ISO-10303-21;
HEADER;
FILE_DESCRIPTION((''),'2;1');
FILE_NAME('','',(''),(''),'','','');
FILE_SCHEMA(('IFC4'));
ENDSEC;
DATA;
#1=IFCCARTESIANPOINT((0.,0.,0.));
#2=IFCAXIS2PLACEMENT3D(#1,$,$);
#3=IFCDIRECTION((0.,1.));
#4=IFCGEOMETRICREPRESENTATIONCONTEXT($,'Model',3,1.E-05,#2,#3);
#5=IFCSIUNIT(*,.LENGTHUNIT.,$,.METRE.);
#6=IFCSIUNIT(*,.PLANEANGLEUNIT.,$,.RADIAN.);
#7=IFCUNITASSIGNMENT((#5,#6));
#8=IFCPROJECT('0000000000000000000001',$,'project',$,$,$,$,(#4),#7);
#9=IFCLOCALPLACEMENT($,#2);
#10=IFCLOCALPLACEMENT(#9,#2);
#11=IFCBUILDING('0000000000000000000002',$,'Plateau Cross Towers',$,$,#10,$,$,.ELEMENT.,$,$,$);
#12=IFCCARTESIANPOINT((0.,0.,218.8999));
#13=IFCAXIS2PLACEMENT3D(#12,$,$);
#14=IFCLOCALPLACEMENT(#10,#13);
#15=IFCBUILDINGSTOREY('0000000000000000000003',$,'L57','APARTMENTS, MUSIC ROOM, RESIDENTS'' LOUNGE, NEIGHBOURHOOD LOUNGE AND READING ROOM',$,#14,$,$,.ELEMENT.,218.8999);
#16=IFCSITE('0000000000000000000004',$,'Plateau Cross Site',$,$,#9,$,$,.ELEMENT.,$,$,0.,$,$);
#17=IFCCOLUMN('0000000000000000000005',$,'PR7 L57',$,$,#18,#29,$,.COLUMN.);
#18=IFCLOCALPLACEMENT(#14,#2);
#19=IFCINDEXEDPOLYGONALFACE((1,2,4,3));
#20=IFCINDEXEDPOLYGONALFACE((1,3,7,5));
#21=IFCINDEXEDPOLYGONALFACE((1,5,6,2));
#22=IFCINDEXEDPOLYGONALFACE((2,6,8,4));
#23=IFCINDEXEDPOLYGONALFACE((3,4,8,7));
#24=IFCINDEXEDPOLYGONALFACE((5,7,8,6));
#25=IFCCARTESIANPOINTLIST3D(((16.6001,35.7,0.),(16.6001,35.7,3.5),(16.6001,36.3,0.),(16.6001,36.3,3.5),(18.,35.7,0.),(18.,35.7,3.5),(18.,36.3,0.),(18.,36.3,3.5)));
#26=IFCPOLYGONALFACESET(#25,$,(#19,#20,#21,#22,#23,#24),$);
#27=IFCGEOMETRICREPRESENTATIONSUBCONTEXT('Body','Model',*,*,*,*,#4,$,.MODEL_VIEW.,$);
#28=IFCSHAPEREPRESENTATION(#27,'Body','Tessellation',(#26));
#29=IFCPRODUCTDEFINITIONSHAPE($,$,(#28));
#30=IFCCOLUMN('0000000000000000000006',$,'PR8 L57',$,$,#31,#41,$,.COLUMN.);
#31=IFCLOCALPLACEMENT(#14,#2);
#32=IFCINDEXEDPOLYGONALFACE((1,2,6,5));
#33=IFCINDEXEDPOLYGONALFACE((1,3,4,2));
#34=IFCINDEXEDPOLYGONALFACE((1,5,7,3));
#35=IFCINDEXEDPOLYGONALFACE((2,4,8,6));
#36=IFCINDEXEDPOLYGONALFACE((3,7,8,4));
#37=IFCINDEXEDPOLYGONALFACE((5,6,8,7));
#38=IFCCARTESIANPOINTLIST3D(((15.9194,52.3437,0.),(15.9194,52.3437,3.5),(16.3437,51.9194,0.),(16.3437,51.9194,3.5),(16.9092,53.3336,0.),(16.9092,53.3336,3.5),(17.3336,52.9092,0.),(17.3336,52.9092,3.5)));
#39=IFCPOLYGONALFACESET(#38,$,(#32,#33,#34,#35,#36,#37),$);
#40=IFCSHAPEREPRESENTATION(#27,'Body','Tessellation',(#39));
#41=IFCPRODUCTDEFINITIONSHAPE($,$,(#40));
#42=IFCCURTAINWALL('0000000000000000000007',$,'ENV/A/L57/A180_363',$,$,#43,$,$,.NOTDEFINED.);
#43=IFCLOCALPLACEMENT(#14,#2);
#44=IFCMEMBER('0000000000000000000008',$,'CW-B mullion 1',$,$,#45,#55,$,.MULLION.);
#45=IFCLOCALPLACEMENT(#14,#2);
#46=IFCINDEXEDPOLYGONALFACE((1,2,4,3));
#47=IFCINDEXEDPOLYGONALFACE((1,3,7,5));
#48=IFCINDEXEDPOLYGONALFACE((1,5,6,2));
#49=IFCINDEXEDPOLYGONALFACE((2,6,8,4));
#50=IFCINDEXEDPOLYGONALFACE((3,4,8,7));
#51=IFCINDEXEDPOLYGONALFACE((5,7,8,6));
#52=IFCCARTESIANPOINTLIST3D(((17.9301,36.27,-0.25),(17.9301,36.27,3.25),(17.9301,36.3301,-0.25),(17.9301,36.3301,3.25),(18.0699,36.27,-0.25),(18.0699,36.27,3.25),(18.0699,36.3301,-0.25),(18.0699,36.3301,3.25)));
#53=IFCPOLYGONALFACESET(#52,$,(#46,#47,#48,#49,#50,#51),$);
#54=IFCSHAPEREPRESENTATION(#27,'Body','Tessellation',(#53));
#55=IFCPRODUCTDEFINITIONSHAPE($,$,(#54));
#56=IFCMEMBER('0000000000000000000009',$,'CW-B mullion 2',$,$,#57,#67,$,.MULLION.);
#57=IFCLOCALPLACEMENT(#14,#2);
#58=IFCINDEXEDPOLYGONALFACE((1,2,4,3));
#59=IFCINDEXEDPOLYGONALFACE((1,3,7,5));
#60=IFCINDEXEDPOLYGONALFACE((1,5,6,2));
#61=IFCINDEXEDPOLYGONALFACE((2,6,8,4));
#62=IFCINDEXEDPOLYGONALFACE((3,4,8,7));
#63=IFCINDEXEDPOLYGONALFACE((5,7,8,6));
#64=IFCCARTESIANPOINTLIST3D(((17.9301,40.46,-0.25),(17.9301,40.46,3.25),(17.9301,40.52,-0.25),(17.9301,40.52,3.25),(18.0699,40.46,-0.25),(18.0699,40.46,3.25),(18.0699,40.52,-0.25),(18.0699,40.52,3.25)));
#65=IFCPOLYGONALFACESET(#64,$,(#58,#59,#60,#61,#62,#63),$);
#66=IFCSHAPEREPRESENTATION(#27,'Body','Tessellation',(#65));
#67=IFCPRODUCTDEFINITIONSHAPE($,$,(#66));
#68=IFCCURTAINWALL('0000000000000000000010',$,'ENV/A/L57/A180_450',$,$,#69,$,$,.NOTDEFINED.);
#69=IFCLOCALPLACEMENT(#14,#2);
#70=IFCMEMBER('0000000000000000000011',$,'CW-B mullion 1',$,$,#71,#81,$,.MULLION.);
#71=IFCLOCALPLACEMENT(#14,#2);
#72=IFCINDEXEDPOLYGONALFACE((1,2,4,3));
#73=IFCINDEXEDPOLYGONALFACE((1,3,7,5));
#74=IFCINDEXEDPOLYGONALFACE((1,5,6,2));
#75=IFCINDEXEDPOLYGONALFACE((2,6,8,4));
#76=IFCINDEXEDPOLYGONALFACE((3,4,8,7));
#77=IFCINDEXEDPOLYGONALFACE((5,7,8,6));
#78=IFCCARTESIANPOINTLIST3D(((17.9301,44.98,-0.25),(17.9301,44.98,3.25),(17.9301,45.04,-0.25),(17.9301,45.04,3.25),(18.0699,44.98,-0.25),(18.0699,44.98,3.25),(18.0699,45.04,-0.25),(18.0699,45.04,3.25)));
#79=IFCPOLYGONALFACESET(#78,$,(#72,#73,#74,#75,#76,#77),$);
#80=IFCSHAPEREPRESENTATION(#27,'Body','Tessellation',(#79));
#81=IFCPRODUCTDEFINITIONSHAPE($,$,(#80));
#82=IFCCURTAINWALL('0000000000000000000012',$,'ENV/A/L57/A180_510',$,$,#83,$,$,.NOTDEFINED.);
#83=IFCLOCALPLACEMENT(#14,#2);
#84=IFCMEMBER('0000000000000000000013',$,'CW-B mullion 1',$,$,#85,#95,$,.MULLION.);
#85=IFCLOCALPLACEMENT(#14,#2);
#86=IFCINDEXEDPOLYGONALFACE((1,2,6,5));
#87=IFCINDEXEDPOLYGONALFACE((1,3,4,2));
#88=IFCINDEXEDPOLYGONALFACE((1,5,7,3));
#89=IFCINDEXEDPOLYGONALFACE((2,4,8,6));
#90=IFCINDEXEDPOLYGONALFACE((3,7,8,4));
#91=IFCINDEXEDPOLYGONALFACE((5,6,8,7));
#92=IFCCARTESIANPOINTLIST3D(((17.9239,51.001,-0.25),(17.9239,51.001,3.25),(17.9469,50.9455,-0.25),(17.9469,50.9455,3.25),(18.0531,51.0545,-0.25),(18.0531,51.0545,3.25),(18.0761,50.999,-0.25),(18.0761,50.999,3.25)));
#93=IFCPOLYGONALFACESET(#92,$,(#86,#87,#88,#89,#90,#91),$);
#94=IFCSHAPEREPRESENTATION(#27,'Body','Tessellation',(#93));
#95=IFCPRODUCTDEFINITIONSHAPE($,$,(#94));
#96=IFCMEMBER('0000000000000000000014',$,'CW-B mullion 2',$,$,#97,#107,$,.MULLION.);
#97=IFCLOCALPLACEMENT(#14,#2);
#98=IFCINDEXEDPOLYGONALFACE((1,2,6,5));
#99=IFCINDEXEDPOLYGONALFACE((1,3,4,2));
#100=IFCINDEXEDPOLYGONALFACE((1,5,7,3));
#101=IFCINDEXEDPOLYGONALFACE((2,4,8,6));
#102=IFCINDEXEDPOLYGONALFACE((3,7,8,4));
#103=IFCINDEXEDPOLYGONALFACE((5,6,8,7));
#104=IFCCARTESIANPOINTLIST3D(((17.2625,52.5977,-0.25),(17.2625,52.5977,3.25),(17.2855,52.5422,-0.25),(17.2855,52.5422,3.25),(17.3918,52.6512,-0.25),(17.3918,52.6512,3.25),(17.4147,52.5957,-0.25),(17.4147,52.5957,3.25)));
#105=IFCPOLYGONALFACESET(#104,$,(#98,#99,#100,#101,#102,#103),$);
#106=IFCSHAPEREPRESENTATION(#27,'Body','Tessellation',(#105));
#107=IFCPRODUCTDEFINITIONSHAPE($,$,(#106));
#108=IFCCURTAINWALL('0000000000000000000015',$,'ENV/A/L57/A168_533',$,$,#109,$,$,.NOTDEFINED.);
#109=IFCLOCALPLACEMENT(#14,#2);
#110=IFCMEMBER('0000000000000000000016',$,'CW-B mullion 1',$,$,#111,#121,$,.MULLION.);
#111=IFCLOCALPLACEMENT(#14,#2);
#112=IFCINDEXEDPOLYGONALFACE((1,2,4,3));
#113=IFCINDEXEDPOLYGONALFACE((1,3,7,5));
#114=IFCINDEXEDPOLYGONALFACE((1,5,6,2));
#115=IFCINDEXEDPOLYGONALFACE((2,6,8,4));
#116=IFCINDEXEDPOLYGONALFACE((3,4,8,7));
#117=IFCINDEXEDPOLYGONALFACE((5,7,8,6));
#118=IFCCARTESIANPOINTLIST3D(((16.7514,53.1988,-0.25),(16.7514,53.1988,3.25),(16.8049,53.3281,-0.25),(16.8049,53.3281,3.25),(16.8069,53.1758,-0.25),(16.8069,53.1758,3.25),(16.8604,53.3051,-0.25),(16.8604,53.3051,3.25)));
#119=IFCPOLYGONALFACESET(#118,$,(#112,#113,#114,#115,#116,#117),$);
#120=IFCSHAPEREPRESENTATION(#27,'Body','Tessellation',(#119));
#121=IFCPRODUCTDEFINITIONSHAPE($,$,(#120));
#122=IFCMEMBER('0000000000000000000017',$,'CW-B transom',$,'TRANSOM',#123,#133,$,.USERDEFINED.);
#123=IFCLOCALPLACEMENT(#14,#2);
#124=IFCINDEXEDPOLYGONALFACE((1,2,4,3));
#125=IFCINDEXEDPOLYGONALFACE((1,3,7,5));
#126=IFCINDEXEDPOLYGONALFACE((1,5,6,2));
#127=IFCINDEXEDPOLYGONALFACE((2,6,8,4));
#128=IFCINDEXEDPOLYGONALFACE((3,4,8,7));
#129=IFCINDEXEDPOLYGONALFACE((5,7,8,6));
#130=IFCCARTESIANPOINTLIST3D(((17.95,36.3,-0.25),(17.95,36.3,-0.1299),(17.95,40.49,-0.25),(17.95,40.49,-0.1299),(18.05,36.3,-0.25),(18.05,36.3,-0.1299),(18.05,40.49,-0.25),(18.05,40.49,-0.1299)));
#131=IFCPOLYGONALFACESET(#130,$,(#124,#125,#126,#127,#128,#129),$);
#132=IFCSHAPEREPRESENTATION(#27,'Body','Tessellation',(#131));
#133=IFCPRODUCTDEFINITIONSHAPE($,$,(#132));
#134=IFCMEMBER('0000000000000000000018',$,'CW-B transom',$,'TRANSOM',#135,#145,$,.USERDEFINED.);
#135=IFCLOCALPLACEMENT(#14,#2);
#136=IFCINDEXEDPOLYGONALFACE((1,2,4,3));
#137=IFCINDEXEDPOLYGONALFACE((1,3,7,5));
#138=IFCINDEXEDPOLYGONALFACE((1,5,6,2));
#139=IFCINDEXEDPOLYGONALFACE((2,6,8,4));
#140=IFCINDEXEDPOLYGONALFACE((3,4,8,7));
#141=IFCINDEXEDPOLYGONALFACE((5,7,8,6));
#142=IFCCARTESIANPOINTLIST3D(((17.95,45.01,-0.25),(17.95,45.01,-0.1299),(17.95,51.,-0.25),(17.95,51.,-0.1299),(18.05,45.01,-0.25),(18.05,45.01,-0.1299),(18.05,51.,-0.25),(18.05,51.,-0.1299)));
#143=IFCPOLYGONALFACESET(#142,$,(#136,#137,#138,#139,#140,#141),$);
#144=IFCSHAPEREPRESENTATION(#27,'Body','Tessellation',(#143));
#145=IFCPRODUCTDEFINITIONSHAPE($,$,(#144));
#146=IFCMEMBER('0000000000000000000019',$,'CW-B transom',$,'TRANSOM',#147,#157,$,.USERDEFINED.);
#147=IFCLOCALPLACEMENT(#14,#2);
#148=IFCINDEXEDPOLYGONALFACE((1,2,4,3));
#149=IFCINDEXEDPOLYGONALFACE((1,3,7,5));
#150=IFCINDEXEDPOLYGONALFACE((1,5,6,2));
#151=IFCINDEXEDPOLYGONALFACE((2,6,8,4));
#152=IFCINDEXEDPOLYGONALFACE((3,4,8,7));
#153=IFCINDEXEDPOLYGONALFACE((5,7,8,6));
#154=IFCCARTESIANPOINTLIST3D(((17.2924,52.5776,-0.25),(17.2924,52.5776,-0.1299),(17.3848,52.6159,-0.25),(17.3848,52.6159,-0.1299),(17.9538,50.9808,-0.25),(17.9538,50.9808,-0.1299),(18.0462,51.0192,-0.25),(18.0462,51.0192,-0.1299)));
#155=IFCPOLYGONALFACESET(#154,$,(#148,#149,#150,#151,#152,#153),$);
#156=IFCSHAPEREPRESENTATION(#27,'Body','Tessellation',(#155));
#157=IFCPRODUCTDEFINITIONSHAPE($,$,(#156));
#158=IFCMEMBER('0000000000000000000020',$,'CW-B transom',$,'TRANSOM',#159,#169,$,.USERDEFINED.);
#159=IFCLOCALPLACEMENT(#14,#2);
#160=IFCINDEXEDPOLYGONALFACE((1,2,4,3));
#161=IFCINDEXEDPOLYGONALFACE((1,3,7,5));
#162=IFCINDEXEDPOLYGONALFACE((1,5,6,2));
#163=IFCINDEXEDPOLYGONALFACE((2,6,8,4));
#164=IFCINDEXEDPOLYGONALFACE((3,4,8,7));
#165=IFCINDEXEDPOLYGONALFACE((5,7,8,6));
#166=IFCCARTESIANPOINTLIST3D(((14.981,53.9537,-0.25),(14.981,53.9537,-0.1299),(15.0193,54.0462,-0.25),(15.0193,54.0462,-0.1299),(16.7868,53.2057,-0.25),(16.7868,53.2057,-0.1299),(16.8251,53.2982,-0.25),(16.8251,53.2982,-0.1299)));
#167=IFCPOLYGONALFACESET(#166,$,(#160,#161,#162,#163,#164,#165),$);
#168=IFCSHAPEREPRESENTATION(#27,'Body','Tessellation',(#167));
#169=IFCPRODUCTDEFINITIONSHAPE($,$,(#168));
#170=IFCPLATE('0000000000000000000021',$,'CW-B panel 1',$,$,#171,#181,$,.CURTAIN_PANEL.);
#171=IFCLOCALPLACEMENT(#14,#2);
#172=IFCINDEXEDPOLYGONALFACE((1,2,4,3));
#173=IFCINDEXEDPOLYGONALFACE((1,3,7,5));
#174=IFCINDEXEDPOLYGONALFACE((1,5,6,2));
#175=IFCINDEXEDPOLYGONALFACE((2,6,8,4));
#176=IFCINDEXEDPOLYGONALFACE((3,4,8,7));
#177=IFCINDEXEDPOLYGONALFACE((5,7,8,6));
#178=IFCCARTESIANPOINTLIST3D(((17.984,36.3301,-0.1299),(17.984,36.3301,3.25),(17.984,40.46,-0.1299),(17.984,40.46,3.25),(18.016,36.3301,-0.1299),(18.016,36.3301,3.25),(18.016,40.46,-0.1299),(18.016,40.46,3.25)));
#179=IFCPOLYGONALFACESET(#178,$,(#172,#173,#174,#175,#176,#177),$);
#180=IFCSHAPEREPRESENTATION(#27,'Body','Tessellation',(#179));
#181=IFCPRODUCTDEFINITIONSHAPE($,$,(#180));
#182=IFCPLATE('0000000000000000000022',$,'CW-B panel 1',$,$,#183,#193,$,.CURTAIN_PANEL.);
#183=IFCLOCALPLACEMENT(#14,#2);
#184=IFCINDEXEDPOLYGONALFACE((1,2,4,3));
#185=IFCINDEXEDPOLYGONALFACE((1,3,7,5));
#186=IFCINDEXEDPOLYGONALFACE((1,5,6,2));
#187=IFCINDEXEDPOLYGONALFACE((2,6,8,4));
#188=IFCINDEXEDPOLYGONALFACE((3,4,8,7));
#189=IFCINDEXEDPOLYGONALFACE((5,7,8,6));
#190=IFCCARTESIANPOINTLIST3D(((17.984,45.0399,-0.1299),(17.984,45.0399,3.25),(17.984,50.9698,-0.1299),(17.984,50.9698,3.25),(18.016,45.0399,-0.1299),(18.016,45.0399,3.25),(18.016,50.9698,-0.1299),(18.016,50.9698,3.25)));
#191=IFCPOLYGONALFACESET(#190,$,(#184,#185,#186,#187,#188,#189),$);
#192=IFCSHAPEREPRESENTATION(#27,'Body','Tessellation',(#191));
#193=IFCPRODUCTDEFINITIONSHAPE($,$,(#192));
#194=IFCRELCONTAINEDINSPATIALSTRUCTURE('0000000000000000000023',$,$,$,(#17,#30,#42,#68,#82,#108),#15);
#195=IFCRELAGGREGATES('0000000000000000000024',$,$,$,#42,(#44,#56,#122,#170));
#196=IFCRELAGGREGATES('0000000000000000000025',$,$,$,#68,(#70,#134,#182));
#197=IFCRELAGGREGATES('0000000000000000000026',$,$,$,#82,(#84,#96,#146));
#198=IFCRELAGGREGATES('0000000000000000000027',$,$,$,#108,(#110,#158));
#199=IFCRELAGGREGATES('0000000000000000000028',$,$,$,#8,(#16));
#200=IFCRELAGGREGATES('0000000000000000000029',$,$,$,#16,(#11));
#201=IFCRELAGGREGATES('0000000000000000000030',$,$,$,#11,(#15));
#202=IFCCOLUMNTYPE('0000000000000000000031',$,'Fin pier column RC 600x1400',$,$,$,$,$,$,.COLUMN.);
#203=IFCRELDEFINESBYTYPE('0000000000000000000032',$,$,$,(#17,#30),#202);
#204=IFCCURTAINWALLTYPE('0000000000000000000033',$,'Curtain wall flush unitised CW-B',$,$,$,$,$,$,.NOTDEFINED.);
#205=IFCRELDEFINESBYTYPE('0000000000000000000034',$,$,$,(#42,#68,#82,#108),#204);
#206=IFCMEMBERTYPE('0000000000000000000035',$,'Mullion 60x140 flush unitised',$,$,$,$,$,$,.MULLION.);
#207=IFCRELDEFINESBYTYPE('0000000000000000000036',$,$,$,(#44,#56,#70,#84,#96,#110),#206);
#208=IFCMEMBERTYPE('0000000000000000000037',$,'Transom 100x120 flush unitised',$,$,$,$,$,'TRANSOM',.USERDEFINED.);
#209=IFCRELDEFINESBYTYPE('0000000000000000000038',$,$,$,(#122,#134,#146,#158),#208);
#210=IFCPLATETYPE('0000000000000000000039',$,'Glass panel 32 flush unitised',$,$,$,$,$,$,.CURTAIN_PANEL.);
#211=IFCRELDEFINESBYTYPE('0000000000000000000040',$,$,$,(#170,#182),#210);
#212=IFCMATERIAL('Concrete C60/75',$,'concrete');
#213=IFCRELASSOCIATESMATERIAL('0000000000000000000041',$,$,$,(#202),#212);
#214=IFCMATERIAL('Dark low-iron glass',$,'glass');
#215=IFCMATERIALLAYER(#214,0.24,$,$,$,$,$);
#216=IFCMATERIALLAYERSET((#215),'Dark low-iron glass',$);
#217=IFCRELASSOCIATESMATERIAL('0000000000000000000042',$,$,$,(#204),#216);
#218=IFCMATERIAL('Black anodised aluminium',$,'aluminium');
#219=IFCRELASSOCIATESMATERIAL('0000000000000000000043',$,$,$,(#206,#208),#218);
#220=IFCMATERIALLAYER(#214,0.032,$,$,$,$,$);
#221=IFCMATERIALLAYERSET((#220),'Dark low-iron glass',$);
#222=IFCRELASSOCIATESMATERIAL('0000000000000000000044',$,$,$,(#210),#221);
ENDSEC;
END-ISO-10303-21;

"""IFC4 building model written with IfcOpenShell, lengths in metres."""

from ifc_helpers import new_model, si_unit, direction, frame, origin, origin_2d, place, context, subcontext, project, spatial, rectangle, extrude, material, layer, layer_set, material_profile, profile_set, type_object, element, aggregate, save


model = new_model("IFC4")

# Units and contexts
model_context = context("Model", 3, precision=1e-05, world=origin(), true_north=direction((0.0, 1.0)))
body_context = subcontext(model_context, "Body", "Model", "MODEL_VIEW")
ifc_project = project(units=[si_unit("LENGTHUNIT", "METRE"), si_unit("PLANEANGLEUNIT", "RADIAN")], contexts=[model_context])

# Site, building, storey
site_placement = place(None, origin())
site = spatial("IfcSite", under=ifc_project, at=site_placement, Name="Plateau Cross Site", CompositionType="ELEMENT", RefElevation=0.0)
building_placement = place(site_placement, origin())
building = spatial("IfcBuilding", under=site, at=building_placement, Name="Plateau Cross Towers", CompositionType="ELEMENT")
storey_placement = place(building_placement, frame((0.0, 0.0, 218.8999)))
storey = spatial("IfcBuildingStorey", under=building, at=storey_placement, Name="L57", Description="APARTMENTS, MUSIC ROOM, RESIDENTS' LOUNGE, NEIGHBOURHOOD LOUNGE AND READING ROOM", CompositionType="ELEMENT", Elevation=218.8999)

# Columns
ifc_material_1 = material(Name="Concrete C60/75", Category="concrete")
ifc_material_profile_1 = material_profile(ifc_material_1, rectangle(XDim=0.6001, YDim=1.3999, at=origin_2d()), Name="RC 600x1400")
ifc_profile_set_1 = profile_set([ifc_material_profile_1], Name="Concrete C60/75")
column_type = type_object("IfcColumnType", Name="Fin pier column RC 600x1400", PredefinedType="COLUMN", material=ifc_profile_set_1)
for number, where, z_axis, x_axis, name in (
    (1, (17.3, 36.0, 0.0), (0.0, 0.0, 1.0), (0.0, 1.0, 0.0), "PR7 L57"),
    (2, (16.6265, 52.6265, 0.0), (0.0, 0.0, 1.0), (-0.707107, 0.707107, 0.0), "PR8 L57"),
):
    element("IfcColumn", number, at=place(storey_placement, frame(where, z_axis=z_axis, x_axis=x_axis)), inside=storey, type_object=column_type, Name=name, PredefinedType="COLUMN", context=body_context, shape_type="SweptSolid", body=[
        extrude(rectangle(XDim=0.6001, YDim=1.3999, at=origin_2d()), origin(), (0.0, 0.0, 1.0), 3.5),
    ])

# Curtain wall, members
ifc_material_2 = material(Name="Dark low-iron glass", Category="glass")
ifc_layer_1 = layer(ifc_material_2, 0.24)
ifc_layer_set_1 = layer_set([ifc_layer_1], Name="Dark low-iron glass")
curtain_wall_type = type_object("IfcCurtainWallType", Name="Curtain wall flush unitised CW-B", PredefinedType="NOTDEFINED", material=ifc_layer_set_1)
curtain_wall_1_placement = place(storey_placement, origin())
curtain_wall_1 = element("IfcCurtainWall", 3, at=curtain_wall_1_placement, inside=storey, type_object=curtain_wall_type, Name="ENV/A/L57/A180_363", PredefinedType="NOTDEFINED")
ifc_material_3 = material(Name="Black anodised aluminium", Category="aluminium")
ifc_material_profile_2 = material_profile(ifc_material_3, rectangle(XDim=0.0601, YDim=0.1399, at=origin_2d()), Name="MULLION 60x140")
ifc_profile_set_2 = profile_set([ifc_material_profile_2], Name="Black anodised aluminium")
member_type_1 = type_object("IfcMemberType", Name="Mullion 60x140 flush unitised", PredefinedType="MULLION", material=ifc_profile_set_2)
member_1_placement = place(storey_placement, frame((18.0, 36.3, -0.25), z_axis=(0.0, 0.0, 1.0), x_axis=(0.0, 1.0, 0.0)))
member_1 = element("IfcMember", 4, at=member_1_placement, type_object=member_type_1, Name="CW-B mullion 1", PredefinedType="MULLION", context=body_context, shape_type="SweptSolid", body=[
    extrude(rectangle(XDim=0.0601, YDim=0.1399, at=origin_2d()), origin(), (0.0, 0.0, 1.0), 3.5),
])
member_2_placement = place(storey_placement, frame((18.0, 40.49, -0.25), z_axis=(0.0, 0.0, 1.0), x_axis=(0.0, 1.0, 0.0)))
member_2 = element("IfcMember", 5, at=member_2_placement, type_object=member_type_1, Name="CW-B mullion 2", PredefinedType="MULLION", context=body_context, shape_type="SweptSolid", body=[
    extrude(rectangle(XDim=0.0601, YDim=0.1399, at=origin_2d()), origin(), (0.0, 0.0, 1.0), 3.5),
])

# Curtain wall, member
curtain_wall_2_placement = place(storey_placement, origin())
curtain_wall_2 = element("IfcCurtainWall", 6, at=curtain_wall_2_placement, inside=storey, type_object=curtain_wall_type, Name="ENV/A/L57/A180_450", PredefinedType="NOTDEFINED")
member_3_placement = place(storey_placement, frame((18.0, 45.01, -0.25), z_axis=(0.0, 0.0, 1.0), x_axis=(0.0, 1.0, 0.0)))
member_3 = element("IfcMember", 7, at=member_3_placement, type_object=member_type_1, Name="CW-B mullion 1", PredefinedType="MULLION", context=body_context, shape_type="SweptSolid", body=[
    extrude(rectangle(XDim=0.0601, YDim=0.1399, at=origin_2d()), origin(), (0.0, 0.0, 1.0), 3.5),
])

# Curtain wall, members
curtain_wall_3_placement = place(storey_placement, origin())
curtain_wall_3 = element("IfcCurtainWall", 8, at=curtain_wall_3_placement, inside=storey, type_object=curtain_wall_type, Name="ENV/A/L57/A180_510", PredefinedType="NOTDEFINED")
member_4_placement = place(storey_placement, frame((18.0, 51.0, -0.25), z_axis=(0.0, 0.0, 1.0), x_axis=(-0.382684, 0.923879, 0.0)))
member_4 = element("IfcMember", 9, at=member_4_placement, type_object=member_type_1, Name="CW-B mullion 1", PredefinedType="MULLION", context=body_context, shape_type="SweptSolid", body=[
    extrude(rectangle(XDim=0.0601, YDim=0.1399, at=origin_2d()), origin(), (0.0, 0.0, 1.0), 3.5),
])
member_5_placement = place(storey_placement, frame((17.3386, 52.5967, -0.25), z_axis=(0.0, 0.0, 1.0), x_axis=(-0.382684, 0.923879, 0.0)))
member_5 = element("IfcMember", 10, at=member_5_placement, type_object=member_type_1, Name="CW-B mullion 2", PredefinedType="MULLION", context=body_context, shape_type="SweptSolid", body=[
    extrude(rectangle(XDim=0.0601, YDim=0.1399, at=origin_2d()), origin(), (0.0, 0.0, 1.0), 3.5),
])

# Curtain wall, member
curtain_wall_4_placement = place(storey_placement, origin())
curtain_wall_4 = element("IfcCurtainWall", 11, at=curtain_wall_4_placement, inside=storey, type_object=curtain_wall_type, Name="ENV/A/L57/A168_533", PredefinedType="NOTDEFINED")
member_6_placement = place(storey_placement, frame((16.8059, 53.252, -0.25), z_axis=(0.0, 0.0, 1.0), x_axis=(-0.923879, 0.382684, 0.0)))
member_6 = element("IfcMember", 12, at=member_6_placement, type_object=member_type_1, Name="CW-B mullion 1", PredefinedType="MULLION", context=body_context, shape_type="SweptSolid", body=[
    extrude(rectangle(XDim=0.0601, YDim=0.1399, at=origin_2d()), origin(), (0.0, 0.0, 1.0), 3.5),
])

# Members
ifc_material_profile_3 = material_profile(ifc_material_3, rectangle(XDim=0.1001, YDim=0.1201, at=origin_2d()), Name="TRANSOM 100x120")
ifc_profile_set_3 = profile_set([ifc_material_profile_3], Name="Black anodised aluminium")
member_type_2 = type_object("IfcMemberType", Name="Transom 100x120 flush unitised", ElementType="TRANSOM", PredefinedType="USERDEFINED", material=ifc_profile_set_3)
member_7_placement = place(storey_placement, frame((18.0, 36.3, -0.1899), z_axis=(0.0, 1.0, 0.0), x_axis=(-1.0, 0.0, 0.0)))
member_7 = element("IfcMember", 13, at=member_7_placement, type_object=member_type_2, Name="CW-B transom", ObjectType="TRANSOM", PredefinedType="USERDEFINED", context=body_context, shape_type="SweptSolid", body=[
    extrude(rectangle(XDim=0.1001, YDim=0.1201, at=origin_2d()), origin(), (0.0, 0.0, 1.0), 4.1899),
])
member_8_placement = place(storey_placement, frame((18.0, 45.01, -0.1899), z_axis=(0.0, 1.0, 0.0), x_axis=(-1.0, 0.0, 0.0)))
member_8 = element("IfcMember", 14, at=member_8_placement, type_object=member_type_2, Name="CW-B transom", ObjectType="TRANSOM", PredefinedType="USERDEFINED", context=body_context, shape_type="SweptSolid", body=[
    extrude(rectangle(XDim=0.1001, YDim=0.1201, at=origin_2d()), origin(), (0.0, 0.0, 1.0), 5.99),
])
member_9_placement = place(storey_placement, frame((18.0, 51.0, -0.1899), z_axis=(-0.382689, 0.923877, 0.0), x_axis=(-0.923877, -0.382689, 0.0)))
member_9 = element("IfcMember", 15, at=member_9_placement, type_object=member_type_2, Name="CW-B transom", ObjectType="TRANSOM", PredefinedType="USERDEFINED", context=body_context, shape_type="SweptSolid", body=[
    extrude(rectangle(XDim=0.1001, YDim=0.1201, at=origin_2d()), origin(), (0.0, 0.0, 1.0), 1.7283),
])
member_10_placement = place(storey_placement, frame((16.8059, 53.252, -0.1899), z_axis=(-0.923877, 0.38269, 0.0), x_axis=(-0.38269, -0.923877, 0.0)))
member_10 = element("IfcMember", 16, at=member_10_placement, type_object=member_type_2, Name="CW-B transom", ObjectType="TRANSOM", PredefinedType="USERDEFINED", context=body_context, shape_type="SweptSolid", body=[
    extrude(rectangle(XDim=0.1001, YDim=0.1201, at=origin_2d()), origin(), (0.0, 0.0, 1.0), 1.9546),
])

# Plates
ifc_layer_2 = layer(ifc_material_2, 0.032)
ifc_layer_set_2 = layer_set([ifc_layer_2], Name="Dark low-iron glass")
plate_type = type_object("IfcPlateType", Name="Glass panel 32 flush unitised", PredefinedType="CURTAIN_PANEL", material=ifc_layer_set_2)
plate_1_placement = place(storey_placement, frame((18.0, 38.395, -0.1299), z_axis=(0.0, 0.0, 1.0), x_axis=(0.0, 1.0, 0.0)))
plate_1 = element("IfcPlate", 17, at=plate_1_placement, type_object=plate_type, Name="CW-B panel 1", PredefinedType="CURTAIN_PANEL", context=body_context, shape_type="SweptSolid", body=[
    extrude(rectangle(XDim=4.1299, YDim=0.032, at=origin_2d()), origin(), (0.0, 0.0, 1.0), 3.3799),
])
aggregate(curtain_wall_1, [member_1, member_2, member_7, plate_1])
plate_2_placement = place(storey_placement, frame((18.0, 48.0049, -0.1299), z_axis=(0.0, 0.0, 1.0), x_axis=(0.0, 1.0, 0.0)))
plate_2 = element("IfcPlate", 18, at=plate_2_placement, type_object=plate_type, Name="CW-B panel 1", PredefinedType="CURTAIN_PANEL", context=body_context, shape_type="SweptSolid", body=[
    extrude(rectangle(XDim=5.9299, YDim=0.032, at=origin_2d()), origin(), (0.0, 0.0, 1.0), 3.3799),
])
aggregate(curtain_wall_2, [member_3, member_8, plate_2])
aggregate(curtain_wall_3, [member_4, member_5, member_9])
aggregate(curtain_wall_4, [member_6, member_10])

save(model, "model.ifc")
